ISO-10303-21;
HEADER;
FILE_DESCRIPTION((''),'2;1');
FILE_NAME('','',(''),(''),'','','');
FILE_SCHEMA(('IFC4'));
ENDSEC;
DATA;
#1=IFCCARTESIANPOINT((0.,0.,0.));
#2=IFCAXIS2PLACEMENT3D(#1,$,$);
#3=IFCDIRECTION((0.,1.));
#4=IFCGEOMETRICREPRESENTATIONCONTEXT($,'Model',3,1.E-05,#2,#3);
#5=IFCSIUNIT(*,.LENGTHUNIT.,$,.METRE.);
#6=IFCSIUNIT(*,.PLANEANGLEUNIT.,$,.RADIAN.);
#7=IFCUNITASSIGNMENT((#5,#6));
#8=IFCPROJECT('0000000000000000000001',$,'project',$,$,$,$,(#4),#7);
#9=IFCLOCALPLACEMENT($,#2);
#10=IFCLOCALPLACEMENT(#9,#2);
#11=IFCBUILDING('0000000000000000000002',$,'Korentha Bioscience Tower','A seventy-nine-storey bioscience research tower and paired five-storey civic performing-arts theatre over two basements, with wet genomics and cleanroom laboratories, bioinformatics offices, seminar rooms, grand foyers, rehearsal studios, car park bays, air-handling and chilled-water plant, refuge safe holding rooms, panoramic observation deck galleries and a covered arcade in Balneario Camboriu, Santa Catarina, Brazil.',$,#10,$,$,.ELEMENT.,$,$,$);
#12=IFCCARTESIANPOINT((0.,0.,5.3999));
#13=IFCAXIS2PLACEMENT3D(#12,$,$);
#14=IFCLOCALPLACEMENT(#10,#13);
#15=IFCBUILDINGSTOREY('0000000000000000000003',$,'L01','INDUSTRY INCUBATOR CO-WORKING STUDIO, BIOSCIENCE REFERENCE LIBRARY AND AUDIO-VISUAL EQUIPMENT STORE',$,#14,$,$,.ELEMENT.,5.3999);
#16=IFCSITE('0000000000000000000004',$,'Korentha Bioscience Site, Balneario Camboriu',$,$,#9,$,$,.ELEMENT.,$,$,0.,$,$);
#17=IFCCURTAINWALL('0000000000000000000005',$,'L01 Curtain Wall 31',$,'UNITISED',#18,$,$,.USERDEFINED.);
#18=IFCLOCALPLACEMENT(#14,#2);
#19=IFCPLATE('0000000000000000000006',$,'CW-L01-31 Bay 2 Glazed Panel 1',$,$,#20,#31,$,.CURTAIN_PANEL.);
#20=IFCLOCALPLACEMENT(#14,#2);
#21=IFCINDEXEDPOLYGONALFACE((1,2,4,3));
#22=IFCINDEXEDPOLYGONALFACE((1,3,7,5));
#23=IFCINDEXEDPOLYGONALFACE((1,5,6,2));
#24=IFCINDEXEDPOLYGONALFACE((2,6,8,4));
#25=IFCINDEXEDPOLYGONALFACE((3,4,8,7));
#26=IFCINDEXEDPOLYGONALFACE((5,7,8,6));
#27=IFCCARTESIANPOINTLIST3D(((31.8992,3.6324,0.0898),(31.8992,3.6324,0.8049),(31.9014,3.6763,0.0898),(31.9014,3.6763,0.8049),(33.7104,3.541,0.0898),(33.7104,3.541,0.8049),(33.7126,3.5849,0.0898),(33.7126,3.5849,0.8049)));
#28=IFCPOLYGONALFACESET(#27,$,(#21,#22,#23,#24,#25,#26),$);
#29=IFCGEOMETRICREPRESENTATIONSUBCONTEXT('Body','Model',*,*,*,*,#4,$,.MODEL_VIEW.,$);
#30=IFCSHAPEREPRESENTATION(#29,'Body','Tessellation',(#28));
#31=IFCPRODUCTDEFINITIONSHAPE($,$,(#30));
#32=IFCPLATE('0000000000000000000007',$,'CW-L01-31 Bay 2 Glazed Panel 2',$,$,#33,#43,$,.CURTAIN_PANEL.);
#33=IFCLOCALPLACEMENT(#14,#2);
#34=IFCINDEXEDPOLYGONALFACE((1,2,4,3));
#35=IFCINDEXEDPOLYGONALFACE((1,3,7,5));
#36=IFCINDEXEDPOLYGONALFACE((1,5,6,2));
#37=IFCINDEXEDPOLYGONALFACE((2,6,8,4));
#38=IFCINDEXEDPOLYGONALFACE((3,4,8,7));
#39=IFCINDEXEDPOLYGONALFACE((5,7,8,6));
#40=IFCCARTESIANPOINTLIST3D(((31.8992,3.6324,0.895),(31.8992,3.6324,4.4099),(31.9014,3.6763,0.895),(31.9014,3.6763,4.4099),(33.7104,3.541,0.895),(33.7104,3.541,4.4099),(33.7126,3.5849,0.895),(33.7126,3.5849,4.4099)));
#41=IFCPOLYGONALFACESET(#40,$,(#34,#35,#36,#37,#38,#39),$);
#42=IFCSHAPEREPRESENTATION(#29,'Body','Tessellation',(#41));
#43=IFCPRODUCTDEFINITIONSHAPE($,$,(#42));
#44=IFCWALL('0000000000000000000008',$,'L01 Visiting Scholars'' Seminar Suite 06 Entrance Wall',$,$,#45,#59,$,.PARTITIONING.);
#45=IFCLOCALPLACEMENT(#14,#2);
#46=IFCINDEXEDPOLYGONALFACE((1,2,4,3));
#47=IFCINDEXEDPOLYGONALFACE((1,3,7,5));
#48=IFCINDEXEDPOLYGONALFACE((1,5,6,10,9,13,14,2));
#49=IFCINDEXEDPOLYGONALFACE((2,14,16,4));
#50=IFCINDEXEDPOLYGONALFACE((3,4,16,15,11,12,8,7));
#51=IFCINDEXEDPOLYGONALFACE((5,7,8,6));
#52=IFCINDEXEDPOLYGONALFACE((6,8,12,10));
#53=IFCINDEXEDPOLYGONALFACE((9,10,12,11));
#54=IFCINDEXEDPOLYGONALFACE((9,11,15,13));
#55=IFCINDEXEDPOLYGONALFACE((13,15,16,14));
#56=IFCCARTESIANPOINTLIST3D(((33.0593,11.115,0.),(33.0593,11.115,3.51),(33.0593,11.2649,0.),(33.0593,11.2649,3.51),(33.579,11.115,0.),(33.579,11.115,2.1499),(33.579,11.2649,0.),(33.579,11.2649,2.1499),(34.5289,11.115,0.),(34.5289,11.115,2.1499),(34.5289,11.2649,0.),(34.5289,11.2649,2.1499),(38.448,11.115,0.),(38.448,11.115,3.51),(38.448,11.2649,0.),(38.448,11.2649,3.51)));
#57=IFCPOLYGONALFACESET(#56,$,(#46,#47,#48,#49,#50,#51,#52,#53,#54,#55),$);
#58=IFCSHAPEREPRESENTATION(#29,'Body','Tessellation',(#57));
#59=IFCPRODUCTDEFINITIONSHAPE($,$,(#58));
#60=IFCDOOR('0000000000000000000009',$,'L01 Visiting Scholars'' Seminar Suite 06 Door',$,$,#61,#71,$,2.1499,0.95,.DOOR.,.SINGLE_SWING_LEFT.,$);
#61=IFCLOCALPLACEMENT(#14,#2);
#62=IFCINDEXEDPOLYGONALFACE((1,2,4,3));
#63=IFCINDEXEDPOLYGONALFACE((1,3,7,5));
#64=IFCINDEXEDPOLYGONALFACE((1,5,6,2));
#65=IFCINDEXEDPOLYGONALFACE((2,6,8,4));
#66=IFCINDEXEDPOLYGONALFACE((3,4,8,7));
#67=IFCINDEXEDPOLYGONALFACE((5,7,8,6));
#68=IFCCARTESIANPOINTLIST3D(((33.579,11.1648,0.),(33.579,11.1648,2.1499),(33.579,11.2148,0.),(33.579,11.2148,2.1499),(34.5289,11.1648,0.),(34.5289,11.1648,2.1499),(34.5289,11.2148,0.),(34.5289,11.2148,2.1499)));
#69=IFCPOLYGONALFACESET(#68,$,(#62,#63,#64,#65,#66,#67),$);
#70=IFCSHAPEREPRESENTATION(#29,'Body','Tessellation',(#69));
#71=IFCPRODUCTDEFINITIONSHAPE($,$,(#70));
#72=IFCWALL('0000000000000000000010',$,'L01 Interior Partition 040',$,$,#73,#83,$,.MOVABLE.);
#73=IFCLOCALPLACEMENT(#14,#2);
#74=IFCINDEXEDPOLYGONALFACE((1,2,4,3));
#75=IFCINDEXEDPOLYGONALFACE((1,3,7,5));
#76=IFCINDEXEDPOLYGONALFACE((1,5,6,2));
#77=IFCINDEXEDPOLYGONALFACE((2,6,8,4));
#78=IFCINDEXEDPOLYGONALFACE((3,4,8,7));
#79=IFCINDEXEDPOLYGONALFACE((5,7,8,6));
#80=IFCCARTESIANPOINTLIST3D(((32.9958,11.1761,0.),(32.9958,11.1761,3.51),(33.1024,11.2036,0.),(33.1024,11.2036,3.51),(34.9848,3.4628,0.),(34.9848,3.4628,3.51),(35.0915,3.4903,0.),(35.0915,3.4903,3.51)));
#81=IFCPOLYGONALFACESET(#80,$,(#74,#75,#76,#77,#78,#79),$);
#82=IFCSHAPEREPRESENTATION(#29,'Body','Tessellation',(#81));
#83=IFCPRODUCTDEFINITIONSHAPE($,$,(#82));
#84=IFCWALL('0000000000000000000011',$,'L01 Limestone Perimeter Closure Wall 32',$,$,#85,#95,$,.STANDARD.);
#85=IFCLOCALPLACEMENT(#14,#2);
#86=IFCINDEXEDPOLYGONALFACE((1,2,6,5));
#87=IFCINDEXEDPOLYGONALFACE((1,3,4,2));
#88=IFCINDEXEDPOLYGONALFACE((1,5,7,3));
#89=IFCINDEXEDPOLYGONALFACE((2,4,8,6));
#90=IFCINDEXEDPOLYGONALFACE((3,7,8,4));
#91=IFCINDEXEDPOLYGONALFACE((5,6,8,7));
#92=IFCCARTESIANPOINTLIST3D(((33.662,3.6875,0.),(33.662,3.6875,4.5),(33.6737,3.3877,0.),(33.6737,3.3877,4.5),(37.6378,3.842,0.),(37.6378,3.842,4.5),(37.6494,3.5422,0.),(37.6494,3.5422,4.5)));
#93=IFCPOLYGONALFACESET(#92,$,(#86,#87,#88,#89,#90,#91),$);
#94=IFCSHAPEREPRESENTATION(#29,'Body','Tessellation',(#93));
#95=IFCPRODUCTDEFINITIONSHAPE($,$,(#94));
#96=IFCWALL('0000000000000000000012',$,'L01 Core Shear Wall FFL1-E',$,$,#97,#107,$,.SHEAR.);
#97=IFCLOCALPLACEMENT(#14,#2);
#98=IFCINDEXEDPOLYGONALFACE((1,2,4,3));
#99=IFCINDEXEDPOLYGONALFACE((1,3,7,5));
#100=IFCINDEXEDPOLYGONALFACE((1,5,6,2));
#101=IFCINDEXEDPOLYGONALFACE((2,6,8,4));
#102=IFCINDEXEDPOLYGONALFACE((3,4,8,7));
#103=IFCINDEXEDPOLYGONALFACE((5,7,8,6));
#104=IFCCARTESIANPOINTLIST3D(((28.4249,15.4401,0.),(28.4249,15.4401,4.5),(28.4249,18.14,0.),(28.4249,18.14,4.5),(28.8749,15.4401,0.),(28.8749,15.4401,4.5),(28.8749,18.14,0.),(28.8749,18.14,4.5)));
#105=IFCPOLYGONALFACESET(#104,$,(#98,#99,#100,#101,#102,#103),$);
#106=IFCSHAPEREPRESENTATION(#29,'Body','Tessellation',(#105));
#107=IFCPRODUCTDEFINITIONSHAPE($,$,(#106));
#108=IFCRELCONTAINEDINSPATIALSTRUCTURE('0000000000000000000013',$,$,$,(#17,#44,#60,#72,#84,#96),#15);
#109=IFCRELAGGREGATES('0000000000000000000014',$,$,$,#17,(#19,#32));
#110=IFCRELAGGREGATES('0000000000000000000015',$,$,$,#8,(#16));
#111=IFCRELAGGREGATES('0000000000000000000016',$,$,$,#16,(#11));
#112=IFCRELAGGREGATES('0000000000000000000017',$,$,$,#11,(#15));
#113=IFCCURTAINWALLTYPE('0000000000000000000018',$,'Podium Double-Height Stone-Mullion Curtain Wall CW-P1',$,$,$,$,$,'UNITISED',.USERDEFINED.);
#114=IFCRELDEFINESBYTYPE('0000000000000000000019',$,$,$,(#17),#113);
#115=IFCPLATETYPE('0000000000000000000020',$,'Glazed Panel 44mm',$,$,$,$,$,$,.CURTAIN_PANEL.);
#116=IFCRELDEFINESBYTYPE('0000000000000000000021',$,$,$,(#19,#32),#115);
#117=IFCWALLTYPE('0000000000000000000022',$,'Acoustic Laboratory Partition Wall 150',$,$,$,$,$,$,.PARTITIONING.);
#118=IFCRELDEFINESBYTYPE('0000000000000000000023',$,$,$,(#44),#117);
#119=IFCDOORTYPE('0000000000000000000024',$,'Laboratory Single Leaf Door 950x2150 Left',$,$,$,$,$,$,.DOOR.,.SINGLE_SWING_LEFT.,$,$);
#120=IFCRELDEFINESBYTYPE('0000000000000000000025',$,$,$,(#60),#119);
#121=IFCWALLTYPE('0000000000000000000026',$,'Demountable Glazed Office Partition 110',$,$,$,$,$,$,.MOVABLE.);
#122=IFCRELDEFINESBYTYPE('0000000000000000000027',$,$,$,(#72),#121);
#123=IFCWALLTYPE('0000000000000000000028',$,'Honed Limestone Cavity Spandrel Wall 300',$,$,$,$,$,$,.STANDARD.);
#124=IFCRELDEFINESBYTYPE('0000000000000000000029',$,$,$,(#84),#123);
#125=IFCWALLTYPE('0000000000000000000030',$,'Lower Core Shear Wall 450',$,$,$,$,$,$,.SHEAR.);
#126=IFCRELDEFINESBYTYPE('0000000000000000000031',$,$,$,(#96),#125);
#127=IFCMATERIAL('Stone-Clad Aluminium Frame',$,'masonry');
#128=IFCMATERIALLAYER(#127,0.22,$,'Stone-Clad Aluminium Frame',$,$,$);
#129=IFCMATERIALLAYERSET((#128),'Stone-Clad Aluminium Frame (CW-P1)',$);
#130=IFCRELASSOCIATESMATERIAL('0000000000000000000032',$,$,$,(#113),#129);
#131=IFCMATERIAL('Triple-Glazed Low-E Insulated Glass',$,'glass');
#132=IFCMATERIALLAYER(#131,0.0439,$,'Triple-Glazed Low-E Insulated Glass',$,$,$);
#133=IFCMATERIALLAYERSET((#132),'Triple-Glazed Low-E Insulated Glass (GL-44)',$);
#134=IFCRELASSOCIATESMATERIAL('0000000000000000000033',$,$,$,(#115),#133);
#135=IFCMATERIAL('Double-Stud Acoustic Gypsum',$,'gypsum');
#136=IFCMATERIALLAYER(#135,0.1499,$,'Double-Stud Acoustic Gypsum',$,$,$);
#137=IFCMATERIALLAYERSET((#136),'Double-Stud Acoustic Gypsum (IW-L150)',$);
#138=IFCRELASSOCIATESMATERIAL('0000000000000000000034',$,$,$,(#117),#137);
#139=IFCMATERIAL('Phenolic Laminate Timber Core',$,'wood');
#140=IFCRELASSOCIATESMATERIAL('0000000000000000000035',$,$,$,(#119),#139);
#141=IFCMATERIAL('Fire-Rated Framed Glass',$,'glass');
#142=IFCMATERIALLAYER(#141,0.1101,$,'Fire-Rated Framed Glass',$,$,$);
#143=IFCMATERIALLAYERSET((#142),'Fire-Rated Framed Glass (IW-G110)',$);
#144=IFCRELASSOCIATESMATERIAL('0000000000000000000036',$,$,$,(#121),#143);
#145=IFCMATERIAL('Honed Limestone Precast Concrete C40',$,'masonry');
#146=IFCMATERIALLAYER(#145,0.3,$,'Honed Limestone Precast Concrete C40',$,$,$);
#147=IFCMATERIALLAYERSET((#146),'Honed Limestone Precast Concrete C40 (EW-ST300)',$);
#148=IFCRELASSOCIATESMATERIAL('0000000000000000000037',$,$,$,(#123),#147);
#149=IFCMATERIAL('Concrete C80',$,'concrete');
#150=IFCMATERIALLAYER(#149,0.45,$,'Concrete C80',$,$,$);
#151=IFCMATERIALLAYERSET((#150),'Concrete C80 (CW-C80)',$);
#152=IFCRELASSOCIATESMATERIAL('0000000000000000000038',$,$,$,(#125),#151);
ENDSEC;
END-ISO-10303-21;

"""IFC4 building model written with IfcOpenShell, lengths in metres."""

from ifc_helpers import new_model, si_unit, direction, frame, frame_2d, origin, origin_2d, place, context, subcontext, project, spatial, rectangle, extrude, material, layer, layer_set, type_object, element, fill, aggregate, save


model = new_model("IFC4")

# Units and contexts
model_context = context("Model", 3, precision=1e-05, world=origin(), true_north=direction((0.0, 1.0)))
body_context = subcontext(model_context, "Body", "Model", "MODEL_VIEW")
ifc_project = project(units=[si_unit("LENGTHUNIT", "METRE"), si_unit("PLANEANGLEUNIT", "RADIAN")], contexts=[model_context])

# Site, building, storey
site_placement = place(None, origin())
site = spatial("IfcSite", under=ifc_project, at=site_placement, Name="Korentha Bioscience Site, Balneario Camboriu", CompositionType="ELEMENT", RefElevation=0.0)
building_placement = place(site_placement, origin())
building = spatial("IfcBuilding", under=site, at=building_placement, Name="Korentha Bioscience Tower", Description="A seventy-nine-storey bioscience research tower and paired five-storey civic performing-arts theatre over two basements, with wet genomics and cleanroom laboratories, bioinformatics offices, seminar rooms, grand foyers, rehearsal studios, car park bays, air-handling and chilled-water plant, refuge safe holding rooms, panoramic observation deck galleries and a covered arcade in Balneario Camboriu, Santa Catarina, Brazil.", CompositionType="ELEMENT")
storey_placement = place(building_placement, frame((0.0, 0.0, 5.3999)))
storey = spatial("IfcBuildingStorey", under=building, at=storey_placement, Name="L01", Description="INDUSTRY INCUBATOR CO-WORKING STUDIO, BIOSCIENCE REFERENCE LIBRARY AND AUDIO-VISUAL EQUIPMENT STORE", CompositionType="ELEMENT", Elevation=5.3999)

# Shared definitions
ifc_material_1 = material(Name="Concrete C80", Category="concrete")

# Curtain wall
ifc_material_2 = material(Name="Stone-Clad Aluminium Frame", Category="masonry")
ifc_layer_1 = layer(ifc_material_2, 0.22, Name="Stone-Clad Aluminium Frame")
ifc_layer_set_1 = layer_set([ifc_layer_1], Name="Stone-Clad Aluminium Frame (CW-P1)")
curtain_wall_type = type_object("IfcCurtainWallType", Name="Podium Double-Height Stone-Mullion Curtain Wall CW-P1", ElementType="UNITISED", PredefinedType="USERDEFINED", material=ifc_layer_set_1)
curtain_wall_placement = place(storey_placement, origin())
curtain_wall = element("IfcCurtainWall", 1, at=curtain_wall_placement, inside=storey, type_object=curtain_wall_type, Name="L01 Curtain Wall 31", ObjectType="UNITISED", PredefinedType="USERDEFINED")

# Plates
ifc_material_3 = material(Name="Triple-Glazed Low-E Insulated Glass", Category="glass")
ifc_layer_2 = layer(ifc_material_3, 0.0439, Name="Triple-Glazed Low-E Insulated Glass")
ifc_layer_set_2 = layer_set([ifc_layer_2], Name="Triple-Glazed Low-E Insulated Glass (GL-44)")
plate_type = type_object("IfcPlateType", Name="Glazed Panel 44mm", PredefinedType="CURTAIN_PANEL", material=ifc_layer_set_2)
plate_1_placement = place(storey_placement, frame((32.8059, 3.6086, 0.0898), z_axis=(0.0, 0.0, 1.0), x_axis=(0.998731, -0.050371, 0.0)))
plate_1 = element("IfcPlate", 2, at=plate_1_placement, type_object=plate_type, Name="CW-L01-31 Bay 2 Glazed Panel 1", PredefinedType="CURTAIN_PANEL", context=body_context, shape_type="SweptSolid", body=[
    extrude(rectangle(XDim=1.8135, YDim=0.0439, at=origin_2d()), origin(), (0.0, 0.0, 1.0), 0.7151),
])
plate_2_placement = place(storey_placement, frame((32.8059, 3.6086, 0.895), z_axis=(0.0, 0.0, 1.0), x_axis=(0.998731, -0.050371, 0.0)))
plate_2 = element("IfcPlate", 3, at=plate_2_placement, type_object=plate_type, Name="CW-L01-31 Bay 2 Glazed Panel 2", PredefinedType="CURTAIN_PANEL", context=body_context, shape_type="SweptSolid", body=[
    extrude(rectangle(XDim=1.8135, YDim=0.0439, at=origin_2d()), origin(), (0.0, 0.0, 1.0), 3.5149),
])
aggregate(curtain_wall, [plate_1, plate_2])

# Wall, opening, door
ifc_material_4 = material(Name="Double-Stud Acoustic Gypsum", Category="gypsum")
ifc_layer_3 = layer(ifc_material_4, 0.1499, Name="Double-Stud Acoustic Gypsum")
ifc_layer_set_3 = layer_set([ifc_layer_3], Name="Double-Stud Acoustic Gypsum (IW-L150)")
wall_type_1 = type_object("IfcWallType", Name="Acoustic Laboratory Partition Wall 150", PredefinedType="PARTITIONING", material=ifc_layer_set_3)
wall_1_placement = place(storey_placement, frame((33.0593, 11.1899, 0.0), z_axis=(0.0, 0.0, 1.0), x_axis=(1.0, 0.0, 0.0)))
wall_1 = element("IfcWall", 4, at=wall_1_placement, inside=storey, type_object=wall_type_1, Name="L01 Visiting Scholars' Seminar Suite 06 Entrance Wall", PredefinedType="PARTITIONING", context=body_context, shape_type="SweptSolid", body=[
    extrude(rectangle(XDim=5.3887, YDim=0.1499, at=frame_2d((2.6943, 0.0))), origin(), (0.0, 0.0, 1.0), 3.51),
])
opening_placement = place(wall_1_placement, frame((0.5195, 0.0, 0.0)))
opening = element("IfcOpeningElement", 5, at=opening_placement, cuts=wall_1, PredefinedType="OPENING", context=body_context, shape_type="SweptSolid", body=[
    extrude(rectangle(XDim=0.95, YDim=2.1499, at=frame_2d((0.4751, 1.075))), frame((0.0, 0.0898, 0.0), z_axis=(0.0, -1.0, 0.0), x_axis=(1.0, 0.0, 0.0)), (0.0, 0.0, 1.0), 0.1797),
])
ifc_material_5 = material(Name="Phenolic Laminate Timber Core", Category="wood")
door_type = type_object("IfcDoorType", Name="Laboratory Single Leaf Door 950x2150 Left", OperationType="SINGLE_SWING_LEFT", PredefinedType="DOOR", material=ifc_material_5)
door_placement = place(opening_placement, origin())
door = element("IfcDoor", 6, at=door_placement, inside=storey, type_object=door_type, Name="L01 Visiting Scholars' Seminar Suite 06 Door", OperationType="SINGLE_SWING_LEFT", OverallHeight=2.1499, OverallWidth=0.95, PredefinedType="DOOR", context=body_context, shape_type="SweptSolid", body=[
    extrude(rectangle(XDim=0.95, YDim=2.1499, at=frame_2d((0.4751, 1.075))), frame((0.0, 0.0249, 0.0), z_axis=(0.0, -1.0, 0.0), x_axis=(1.0, 0.0, 0.0)), (0.0, 0.0, 1.0), 0.05),
])
fill(opening, door)

# Walls
ifc_material_6 = material(Name="Fire-Rated Framed Glass", Category="glass")
ifc_layer_4 = layer(ifc_material_6, 0.1101, Name="Fire-Rated Framed Glass")
ifc_layer_set_4 = layer_set([ifc_layer_4], Name="Fire-Rated Framed Glass (IW-G110)")
wall_type_2 = type_object("IfcWallType", Name="Demountable Glazed Office Partition 110", PredefinedType="MOVABLE", material=ifc_layer_set_4)
wall_2_placement = place(storey_placement, frame((33.0491, 11.1899, 0.0), z_axis=(0.0, 0.0, 1.0), x_axis=(0.249705, -0.968322, 0.0)))
element("IfcWall", 7, at=wall_2_placement, inside=storey, type_object=wall_type_2, Name="L01 Interior Partition 040", PredefinedType="MOVABLE", context=body_context, shape_type="SweptSolid", body=[
    extrude(rectangle(XDim=7.9656, YDim=0.1101, at=frame_2d((3.9829, 0.0))), origin(), (0.0, 0.0, 1.0), 3.51),
])
ifc_material_7 = material(Name="Honed Limestone Precast Concrete C40", Category="masonry")
ifc_layer_5 = layer(ifc_material_7, 0.3, Name="Honed Limestone Precast Concrete C40")
ifc_layer_set_5 = layer_set([ifc_layer_5], Name="Honed Limestone Precast Concrete C40 (EW-ST300)")
wall_type_3 = type_object("IfcWallType", Name="Honed Limestone Cavity Spandrel Wall 300", PredefinedType="STANDARD", material=ifc_layer_set_5)
wall_3_placement = place(storey_placement, frame((33.668, 3.5376, 0.0), z_axis=(0.0, 0.0, 1.0), x_axis=(0.999245, 0.038841, 0.0)))
element("IfcWall", 8, at=wall_3_placement, inside=storey, type_object=wall_type_3, Name="L01 Limestone Perimeter Closure Wall 32", PredefinedType="STANDARD", context=body_context, shape_type="SweptSolid", body=[
    extrude(rectangle(XDim=3.9788, YDim=0.3, at=frame_2d((1.9893, 0.0))), origin(), (0.0, 0.0, 1.0), 4.5),
])
ifc_layer_6 = layer(ifc_material_1, 0.45, Name="Concrete C80")
ifc_layer_set_6 = layer_set([ifc_layer_6], Name="Concrete C80 (CW-C80)")
wall_type_4 = type_object("IfcWallType", Name="Lower Core Shear Wall 450", PredefinedType="SHEAR", material=ifc_layer_set_6)
wall_4_placement = place(storey_placement, frame((28.6499, 15.4399, 0.0), z_axis=(0.0, 0.0, 1.0), x_axis=(0.0, 1.0, 0.0)))
element("IfcWall", 9, at=wall_4_placement, inside=storey, type_object=wall_type_4, Name="L01 Core Shear Wall FFL1-E", PredefinedType="SHEAR", context=body_context, shape_type="SweptSolid", body=[
    extrude(rectangle(XDim=2.7, YDim=0.45, at=frame_2d((1.3501, 0.0))), origin(), (0.0, 0.0, 1.0), 4.5),
])

save(model, "model.ifc")
